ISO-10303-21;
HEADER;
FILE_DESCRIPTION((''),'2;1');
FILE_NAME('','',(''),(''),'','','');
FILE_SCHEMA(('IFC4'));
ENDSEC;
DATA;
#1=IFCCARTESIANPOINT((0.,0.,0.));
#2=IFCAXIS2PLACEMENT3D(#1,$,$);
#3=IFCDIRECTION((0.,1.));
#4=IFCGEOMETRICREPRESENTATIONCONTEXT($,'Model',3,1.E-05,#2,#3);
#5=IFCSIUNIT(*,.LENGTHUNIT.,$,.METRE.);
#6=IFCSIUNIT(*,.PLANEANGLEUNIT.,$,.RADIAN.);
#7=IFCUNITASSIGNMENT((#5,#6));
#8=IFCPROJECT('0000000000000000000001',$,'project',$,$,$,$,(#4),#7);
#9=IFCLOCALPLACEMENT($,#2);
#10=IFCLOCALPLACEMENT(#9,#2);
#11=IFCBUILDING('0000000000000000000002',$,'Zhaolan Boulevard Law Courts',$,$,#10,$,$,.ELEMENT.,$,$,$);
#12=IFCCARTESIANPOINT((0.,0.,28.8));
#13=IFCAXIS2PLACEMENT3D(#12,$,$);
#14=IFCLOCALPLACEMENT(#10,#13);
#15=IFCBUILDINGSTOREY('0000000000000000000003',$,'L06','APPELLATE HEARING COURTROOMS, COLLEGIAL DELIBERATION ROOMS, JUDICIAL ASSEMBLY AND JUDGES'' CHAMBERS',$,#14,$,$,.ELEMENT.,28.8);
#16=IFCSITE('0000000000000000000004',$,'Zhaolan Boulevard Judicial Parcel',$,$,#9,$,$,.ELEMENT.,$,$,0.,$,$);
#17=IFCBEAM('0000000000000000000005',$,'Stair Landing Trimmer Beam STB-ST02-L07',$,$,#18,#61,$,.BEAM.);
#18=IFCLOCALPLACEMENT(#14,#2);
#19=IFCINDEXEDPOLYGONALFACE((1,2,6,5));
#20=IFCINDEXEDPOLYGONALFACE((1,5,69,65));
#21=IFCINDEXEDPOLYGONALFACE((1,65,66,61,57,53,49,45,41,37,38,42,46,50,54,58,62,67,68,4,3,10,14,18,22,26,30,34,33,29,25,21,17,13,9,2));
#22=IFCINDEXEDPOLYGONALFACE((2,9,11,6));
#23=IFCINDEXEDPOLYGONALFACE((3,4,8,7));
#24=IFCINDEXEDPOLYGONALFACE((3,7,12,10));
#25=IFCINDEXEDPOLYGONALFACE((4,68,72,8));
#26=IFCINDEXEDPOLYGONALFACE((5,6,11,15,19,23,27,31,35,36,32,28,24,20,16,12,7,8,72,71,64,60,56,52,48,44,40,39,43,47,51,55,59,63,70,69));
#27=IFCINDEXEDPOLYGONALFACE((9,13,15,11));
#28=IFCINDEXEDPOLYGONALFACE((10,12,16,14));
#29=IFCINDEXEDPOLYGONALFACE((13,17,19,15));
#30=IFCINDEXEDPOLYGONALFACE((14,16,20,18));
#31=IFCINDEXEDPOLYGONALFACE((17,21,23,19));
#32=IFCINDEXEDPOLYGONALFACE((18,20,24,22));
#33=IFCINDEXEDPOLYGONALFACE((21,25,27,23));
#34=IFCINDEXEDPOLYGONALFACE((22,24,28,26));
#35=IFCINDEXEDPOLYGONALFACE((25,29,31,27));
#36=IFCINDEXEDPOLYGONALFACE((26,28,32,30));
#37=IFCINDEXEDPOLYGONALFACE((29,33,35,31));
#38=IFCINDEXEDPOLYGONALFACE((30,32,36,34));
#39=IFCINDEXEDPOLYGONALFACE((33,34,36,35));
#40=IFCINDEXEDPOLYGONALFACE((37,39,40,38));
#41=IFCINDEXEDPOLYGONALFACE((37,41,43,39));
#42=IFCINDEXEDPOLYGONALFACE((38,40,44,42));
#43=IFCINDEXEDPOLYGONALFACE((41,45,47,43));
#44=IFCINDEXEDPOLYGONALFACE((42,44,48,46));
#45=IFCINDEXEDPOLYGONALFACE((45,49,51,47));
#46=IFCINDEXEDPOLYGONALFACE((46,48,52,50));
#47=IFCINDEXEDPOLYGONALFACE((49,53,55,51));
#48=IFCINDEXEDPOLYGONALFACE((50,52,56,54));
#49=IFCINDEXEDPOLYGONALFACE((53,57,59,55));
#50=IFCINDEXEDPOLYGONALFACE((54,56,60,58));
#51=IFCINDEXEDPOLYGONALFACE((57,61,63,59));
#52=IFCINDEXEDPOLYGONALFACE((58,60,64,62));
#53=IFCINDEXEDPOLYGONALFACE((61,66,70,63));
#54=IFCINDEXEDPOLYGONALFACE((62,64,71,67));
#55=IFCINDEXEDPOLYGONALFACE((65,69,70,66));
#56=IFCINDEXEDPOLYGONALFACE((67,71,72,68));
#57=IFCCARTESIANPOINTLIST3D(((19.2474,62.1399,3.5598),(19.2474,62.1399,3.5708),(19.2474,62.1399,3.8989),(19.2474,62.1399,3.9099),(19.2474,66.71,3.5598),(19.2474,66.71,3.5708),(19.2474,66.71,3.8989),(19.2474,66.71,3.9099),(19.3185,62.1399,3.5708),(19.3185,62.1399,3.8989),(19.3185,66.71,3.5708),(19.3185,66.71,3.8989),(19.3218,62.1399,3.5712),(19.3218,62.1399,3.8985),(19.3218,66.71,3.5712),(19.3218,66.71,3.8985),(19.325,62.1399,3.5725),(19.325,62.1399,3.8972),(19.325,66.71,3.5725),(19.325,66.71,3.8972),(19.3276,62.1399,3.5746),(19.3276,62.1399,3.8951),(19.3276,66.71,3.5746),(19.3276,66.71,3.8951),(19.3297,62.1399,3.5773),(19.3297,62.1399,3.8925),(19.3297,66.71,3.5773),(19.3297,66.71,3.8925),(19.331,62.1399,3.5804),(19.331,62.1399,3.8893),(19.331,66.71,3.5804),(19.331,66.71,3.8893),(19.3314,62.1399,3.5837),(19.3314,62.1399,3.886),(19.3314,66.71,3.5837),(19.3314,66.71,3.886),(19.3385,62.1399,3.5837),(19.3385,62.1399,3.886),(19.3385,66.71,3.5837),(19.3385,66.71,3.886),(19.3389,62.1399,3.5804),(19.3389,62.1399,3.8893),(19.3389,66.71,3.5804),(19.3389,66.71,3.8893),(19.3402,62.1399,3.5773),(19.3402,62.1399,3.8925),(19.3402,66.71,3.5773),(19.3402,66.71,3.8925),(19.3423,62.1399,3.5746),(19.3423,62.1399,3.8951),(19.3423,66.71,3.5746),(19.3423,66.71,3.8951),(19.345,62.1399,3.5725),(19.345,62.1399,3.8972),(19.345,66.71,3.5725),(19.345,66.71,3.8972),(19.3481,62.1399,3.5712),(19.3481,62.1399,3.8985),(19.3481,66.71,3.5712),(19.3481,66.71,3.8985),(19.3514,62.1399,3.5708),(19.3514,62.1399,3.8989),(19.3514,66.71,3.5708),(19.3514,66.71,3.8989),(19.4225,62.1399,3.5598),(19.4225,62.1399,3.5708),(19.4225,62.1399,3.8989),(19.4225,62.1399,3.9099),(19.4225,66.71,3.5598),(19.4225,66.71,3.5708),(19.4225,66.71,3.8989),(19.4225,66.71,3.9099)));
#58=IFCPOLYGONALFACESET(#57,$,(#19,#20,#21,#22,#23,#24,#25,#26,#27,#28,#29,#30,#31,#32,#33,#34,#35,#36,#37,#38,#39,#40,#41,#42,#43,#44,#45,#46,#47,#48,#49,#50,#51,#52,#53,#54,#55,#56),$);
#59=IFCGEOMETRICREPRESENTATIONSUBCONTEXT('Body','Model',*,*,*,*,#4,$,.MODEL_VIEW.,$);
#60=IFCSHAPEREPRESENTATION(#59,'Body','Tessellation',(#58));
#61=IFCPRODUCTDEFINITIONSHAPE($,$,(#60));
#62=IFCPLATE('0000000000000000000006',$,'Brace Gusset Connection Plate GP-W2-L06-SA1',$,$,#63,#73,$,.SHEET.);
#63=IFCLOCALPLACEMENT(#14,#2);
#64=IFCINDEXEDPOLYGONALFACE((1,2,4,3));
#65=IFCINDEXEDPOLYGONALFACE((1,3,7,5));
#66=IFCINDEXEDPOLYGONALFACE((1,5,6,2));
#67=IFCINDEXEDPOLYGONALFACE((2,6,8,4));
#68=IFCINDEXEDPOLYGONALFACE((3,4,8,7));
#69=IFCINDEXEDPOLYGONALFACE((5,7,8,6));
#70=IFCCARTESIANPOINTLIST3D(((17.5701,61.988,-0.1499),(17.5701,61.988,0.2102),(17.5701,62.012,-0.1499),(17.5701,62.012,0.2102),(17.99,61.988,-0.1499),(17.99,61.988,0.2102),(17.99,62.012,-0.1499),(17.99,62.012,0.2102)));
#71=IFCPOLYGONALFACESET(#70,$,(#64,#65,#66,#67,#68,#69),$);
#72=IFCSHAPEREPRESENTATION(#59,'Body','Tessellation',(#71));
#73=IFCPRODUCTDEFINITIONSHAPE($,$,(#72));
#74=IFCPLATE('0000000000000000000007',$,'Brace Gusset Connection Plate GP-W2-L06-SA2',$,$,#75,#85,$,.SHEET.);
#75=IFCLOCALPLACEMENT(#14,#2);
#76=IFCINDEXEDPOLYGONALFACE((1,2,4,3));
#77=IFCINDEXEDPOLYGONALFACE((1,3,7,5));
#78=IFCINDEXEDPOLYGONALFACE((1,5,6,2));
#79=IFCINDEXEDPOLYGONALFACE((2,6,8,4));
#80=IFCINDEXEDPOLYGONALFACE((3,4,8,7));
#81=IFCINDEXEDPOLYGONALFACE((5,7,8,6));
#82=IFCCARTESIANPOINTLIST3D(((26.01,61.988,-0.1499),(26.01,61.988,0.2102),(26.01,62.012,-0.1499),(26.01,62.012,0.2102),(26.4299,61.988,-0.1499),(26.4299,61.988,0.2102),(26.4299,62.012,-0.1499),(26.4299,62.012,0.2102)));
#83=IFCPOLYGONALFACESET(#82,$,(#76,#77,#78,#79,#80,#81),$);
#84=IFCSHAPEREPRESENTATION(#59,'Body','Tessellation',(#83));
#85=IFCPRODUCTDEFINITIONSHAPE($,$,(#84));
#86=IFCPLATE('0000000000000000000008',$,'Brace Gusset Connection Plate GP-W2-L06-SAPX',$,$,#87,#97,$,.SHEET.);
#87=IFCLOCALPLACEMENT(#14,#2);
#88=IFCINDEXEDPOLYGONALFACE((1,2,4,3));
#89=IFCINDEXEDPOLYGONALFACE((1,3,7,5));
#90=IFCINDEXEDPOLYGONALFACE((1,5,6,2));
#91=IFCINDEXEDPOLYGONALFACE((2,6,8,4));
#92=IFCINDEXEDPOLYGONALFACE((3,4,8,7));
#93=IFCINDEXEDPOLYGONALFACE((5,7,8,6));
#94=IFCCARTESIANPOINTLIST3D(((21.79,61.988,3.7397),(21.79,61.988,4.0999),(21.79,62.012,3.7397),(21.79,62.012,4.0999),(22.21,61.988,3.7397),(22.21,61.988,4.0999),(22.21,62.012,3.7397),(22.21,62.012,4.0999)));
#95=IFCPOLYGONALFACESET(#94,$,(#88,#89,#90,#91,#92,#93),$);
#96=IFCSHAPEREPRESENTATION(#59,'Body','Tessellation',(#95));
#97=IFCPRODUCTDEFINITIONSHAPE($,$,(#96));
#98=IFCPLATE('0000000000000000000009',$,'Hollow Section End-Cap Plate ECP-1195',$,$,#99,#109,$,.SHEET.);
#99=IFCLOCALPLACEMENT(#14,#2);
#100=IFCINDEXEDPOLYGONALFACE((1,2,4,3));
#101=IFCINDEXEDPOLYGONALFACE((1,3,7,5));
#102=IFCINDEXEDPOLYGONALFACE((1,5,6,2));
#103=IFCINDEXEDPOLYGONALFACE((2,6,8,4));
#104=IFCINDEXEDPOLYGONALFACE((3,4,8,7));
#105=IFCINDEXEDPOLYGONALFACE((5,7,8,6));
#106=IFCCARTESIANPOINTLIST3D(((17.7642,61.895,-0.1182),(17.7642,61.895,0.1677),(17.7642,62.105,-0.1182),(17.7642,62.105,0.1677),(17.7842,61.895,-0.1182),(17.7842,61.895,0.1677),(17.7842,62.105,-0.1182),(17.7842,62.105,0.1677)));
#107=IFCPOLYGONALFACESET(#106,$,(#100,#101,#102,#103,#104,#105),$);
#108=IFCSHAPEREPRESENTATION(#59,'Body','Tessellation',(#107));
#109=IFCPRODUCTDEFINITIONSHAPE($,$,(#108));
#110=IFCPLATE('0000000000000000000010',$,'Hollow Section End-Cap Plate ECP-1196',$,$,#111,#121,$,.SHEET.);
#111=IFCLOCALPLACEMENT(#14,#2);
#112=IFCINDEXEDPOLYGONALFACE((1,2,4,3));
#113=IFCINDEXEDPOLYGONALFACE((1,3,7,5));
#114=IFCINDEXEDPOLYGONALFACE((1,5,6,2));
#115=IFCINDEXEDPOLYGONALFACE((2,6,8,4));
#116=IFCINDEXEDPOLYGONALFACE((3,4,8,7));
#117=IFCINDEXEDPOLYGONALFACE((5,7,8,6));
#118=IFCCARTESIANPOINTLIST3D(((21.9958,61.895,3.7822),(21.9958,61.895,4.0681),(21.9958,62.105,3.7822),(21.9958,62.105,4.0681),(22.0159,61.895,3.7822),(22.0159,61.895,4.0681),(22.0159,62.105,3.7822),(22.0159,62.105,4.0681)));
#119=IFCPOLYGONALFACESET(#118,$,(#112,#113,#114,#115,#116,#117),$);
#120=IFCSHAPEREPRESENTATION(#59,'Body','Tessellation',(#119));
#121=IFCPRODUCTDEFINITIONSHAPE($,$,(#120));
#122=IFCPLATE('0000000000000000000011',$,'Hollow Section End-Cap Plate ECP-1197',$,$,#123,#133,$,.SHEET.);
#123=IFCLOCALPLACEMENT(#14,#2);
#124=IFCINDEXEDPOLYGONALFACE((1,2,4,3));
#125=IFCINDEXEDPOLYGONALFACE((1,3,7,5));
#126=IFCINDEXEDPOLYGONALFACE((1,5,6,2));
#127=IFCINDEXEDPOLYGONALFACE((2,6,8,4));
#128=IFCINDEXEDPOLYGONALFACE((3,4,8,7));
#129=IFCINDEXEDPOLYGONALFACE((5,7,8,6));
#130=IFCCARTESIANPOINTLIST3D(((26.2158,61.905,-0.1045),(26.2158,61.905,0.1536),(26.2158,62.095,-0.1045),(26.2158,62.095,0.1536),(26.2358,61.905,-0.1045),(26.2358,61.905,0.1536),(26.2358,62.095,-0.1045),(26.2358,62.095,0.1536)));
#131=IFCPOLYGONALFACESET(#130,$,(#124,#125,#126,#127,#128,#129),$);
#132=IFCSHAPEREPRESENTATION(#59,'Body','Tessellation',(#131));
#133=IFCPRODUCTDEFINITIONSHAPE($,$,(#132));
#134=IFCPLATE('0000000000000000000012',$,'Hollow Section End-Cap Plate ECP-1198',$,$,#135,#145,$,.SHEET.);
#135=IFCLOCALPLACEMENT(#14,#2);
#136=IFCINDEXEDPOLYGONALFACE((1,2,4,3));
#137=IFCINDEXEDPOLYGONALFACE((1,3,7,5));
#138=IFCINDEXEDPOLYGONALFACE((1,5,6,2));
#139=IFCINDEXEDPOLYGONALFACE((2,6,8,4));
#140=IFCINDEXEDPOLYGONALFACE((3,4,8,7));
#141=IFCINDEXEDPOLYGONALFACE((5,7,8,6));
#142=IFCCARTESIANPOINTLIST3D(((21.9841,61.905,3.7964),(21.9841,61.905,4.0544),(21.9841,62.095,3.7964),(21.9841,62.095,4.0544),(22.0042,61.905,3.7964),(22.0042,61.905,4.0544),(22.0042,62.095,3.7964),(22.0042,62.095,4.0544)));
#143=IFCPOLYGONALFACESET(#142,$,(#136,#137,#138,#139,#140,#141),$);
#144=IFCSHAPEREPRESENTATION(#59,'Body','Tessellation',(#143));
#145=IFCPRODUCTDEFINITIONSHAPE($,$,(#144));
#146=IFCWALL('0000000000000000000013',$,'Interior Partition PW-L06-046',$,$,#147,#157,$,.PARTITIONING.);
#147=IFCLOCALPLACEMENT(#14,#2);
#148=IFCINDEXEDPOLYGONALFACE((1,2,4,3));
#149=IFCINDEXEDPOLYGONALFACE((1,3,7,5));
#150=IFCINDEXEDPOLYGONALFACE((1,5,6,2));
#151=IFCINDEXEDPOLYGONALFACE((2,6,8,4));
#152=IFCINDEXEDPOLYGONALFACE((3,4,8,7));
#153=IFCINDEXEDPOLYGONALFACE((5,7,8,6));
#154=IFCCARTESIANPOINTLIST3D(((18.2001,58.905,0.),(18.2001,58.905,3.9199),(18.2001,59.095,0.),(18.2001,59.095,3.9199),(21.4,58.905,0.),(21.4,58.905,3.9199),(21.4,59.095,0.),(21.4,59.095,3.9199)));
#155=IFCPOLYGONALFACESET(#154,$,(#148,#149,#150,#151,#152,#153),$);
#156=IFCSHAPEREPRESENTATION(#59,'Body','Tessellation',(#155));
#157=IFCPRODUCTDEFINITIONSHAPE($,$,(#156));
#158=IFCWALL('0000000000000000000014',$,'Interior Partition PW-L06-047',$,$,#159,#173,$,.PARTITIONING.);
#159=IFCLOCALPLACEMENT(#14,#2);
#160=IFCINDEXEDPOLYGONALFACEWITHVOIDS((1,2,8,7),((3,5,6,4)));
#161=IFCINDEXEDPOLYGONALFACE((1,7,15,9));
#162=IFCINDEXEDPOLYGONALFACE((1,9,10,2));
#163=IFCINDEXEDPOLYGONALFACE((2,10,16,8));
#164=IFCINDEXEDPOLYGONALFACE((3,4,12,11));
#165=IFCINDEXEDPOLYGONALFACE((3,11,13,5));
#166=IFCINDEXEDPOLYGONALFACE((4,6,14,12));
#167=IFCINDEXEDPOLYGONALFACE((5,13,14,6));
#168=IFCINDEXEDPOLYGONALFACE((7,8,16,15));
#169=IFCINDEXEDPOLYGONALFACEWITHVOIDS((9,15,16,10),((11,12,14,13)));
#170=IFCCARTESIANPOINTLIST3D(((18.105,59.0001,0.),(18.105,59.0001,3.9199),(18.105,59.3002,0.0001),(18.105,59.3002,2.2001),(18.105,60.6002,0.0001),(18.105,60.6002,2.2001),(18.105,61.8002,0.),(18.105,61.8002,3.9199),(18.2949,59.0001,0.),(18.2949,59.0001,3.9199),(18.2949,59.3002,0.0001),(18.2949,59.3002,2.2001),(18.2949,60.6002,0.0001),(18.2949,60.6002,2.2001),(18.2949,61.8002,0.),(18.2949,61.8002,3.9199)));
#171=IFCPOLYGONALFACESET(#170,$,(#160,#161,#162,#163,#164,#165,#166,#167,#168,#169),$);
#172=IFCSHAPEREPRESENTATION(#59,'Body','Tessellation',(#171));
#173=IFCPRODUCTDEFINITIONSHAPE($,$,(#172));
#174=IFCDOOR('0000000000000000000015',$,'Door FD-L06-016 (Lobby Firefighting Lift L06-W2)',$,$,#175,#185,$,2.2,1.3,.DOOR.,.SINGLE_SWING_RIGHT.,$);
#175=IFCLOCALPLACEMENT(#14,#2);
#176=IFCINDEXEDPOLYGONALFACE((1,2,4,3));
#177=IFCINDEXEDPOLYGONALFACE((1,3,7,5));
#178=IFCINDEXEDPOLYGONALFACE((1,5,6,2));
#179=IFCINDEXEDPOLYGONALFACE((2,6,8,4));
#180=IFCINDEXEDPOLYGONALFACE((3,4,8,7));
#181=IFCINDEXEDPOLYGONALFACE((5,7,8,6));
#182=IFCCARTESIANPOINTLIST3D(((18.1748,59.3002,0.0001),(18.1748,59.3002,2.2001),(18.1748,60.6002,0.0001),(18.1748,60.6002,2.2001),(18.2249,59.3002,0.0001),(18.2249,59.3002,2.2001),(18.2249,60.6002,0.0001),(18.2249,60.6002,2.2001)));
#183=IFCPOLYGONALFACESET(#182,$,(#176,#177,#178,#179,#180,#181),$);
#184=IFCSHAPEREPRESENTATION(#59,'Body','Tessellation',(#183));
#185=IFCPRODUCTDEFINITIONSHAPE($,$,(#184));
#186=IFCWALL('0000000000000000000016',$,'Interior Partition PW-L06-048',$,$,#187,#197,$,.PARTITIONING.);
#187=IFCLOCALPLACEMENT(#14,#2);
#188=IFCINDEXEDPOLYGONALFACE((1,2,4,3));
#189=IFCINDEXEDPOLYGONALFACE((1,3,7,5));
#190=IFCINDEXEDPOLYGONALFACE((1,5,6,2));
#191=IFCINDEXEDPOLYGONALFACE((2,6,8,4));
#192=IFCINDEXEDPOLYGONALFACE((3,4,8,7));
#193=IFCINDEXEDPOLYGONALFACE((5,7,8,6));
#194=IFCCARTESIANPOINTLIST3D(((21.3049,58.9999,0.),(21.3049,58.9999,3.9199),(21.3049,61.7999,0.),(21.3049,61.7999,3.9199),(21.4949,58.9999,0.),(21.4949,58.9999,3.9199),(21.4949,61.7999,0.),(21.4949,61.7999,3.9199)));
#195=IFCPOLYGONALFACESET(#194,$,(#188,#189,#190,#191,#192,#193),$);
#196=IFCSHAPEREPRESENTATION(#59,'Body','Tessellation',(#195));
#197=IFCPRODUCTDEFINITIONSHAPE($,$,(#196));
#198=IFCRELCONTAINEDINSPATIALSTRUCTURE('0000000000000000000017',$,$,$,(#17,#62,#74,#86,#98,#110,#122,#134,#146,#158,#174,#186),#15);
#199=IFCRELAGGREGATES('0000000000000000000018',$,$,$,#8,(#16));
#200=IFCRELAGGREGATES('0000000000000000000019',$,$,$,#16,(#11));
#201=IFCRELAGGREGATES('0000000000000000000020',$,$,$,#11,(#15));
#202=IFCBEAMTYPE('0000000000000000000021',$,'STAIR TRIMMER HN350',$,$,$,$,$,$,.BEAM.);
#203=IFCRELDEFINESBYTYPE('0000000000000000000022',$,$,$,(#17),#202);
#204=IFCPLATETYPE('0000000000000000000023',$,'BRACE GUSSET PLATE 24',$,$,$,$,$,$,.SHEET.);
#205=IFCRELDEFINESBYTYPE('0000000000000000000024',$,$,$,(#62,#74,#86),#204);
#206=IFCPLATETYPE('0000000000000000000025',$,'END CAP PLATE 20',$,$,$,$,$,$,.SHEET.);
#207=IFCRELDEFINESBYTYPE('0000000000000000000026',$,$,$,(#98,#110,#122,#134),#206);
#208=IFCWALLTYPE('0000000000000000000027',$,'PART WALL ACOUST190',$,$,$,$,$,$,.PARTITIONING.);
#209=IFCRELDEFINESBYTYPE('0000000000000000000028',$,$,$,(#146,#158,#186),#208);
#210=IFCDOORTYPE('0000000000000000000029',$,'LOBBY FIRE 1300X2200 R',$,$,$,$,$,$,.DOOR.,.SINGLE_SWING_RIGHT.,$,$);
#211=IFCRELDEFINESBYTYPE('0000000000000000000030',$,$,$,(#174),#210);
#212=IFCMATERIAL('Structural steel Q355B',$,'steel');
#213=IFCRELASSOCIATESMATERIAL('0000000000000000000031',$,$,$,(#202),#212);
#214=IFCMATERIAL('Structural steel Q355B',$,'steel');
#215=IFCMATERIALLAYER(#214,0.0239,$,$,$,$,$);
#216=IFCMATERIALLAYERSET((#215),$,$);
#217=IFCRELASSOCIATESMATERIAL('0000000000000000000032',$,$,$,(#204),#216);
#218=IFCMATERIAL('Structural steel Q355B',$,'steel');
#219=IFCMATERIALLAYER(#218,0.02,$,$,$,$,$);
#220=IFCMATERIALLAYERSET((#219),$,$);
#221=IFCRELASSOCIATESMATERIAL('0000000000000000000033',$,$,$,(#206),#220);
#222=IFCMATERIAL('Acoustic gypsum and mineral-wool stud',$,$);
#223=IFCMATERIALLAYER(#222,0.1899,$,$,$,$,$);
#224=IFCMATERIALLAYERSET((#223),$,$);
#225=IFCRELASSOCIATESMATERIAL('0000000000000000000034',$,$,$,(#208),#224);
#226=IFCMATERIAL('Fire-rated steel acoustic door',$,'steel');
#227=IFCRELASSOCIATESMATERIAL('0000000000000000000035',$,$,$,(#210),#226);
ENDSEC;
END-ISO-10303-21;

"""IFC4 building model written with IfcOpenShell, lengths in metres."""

from ifc_helpers import new_model, si_unit, direction, frame, frame_2d, origin, origin_2d, place, context, subcontext, project, spatial, rectangle, i_section, extrude, material, layer, layer_set, material_profile, profile_set, type_object, element, fill, save


model = new_model("IFC4")

# Units and contexts
model_context = context("Model", 3, precision=1e-05, world=origin(), true_north=direction((0.0, 1.0)))
body_context = subcontext(model_context, "Body", "Model", "MODEL_VIEW")
ifc_project = project(units=[si_unit("LENGTHUNIT", "METRE"), si_unit("PLANEANGLEUNIT", "RADIAN")], contexts=[model_context])

# Site, building, storey
site_placement = place(None, origin())
site = spatial("IfcSite", under=ifc_project, at=site_placement, Name="Zhaolan Boulevard Judicial Parcel", CompositionType="ELEMENT", RefElevation=0.0)
building_placement = place(site_placement, origin())
building = spatial("IfcBuilding", under=site, at=building_placement, Name="Zhaolan Boulevard Law Courts", CompositionType="ELEMENT")
storey_placement = place(building_placement, frame((0.0, 0.0, 28.8)))
storey = spatial("IfcBuildingStorey", under=building, at=storey_placement, Name="L06", Description="APPELLATE HEARING COURTROOMS, COLLEGIAL DELIBERATION ROOMS, JUDICIAL ASSEMBLY AND JUDGES' CHAMBERS", CompositionType="ELEMENT", Elevation=28.8)

# Beam
ifc_material_1 = material(Name="Structural steel Q355B", Category="steel")
ifc_material_profile_1 = material_profile(ifc_material_1, i_section(OverallWidth=0.175, OverallDepth=0.3501, WebThickness=0.0071, FlangeThickness=0.011, FilletRadius=0.0129, at=origin_2d()), Name="HN350x175")
ifc_profile_set_1 = profile_set([ifc_material_profile_1], Name="Structural steel Q355B")
beam_type_1 = type_object("IfcBeamType", Name="STAIR TRIMMER HN350", PredefinedType="BEAM", material=ifc_profile_set_1)
beam_1_placement = place(storey_placement, frame((19.335, 62.1399, 3.7349), z_axis=(0.0, 1.0, 0.0), x_axis=(-1.0, 0.0, 0.0)))
element("IfcBeam", 1, at=beam_1_placement, inside=storey, type_object=beam_type_1, Name="Stair Landing Trimmer Beam STB-ST02-L07", PredefinedType="BEAM", context=body_context, shape_type="SweptSolid", body=[
    extrude(i_section(OverallWidth=0.175, OverallDepth=0.3501, WebThickness=0.0071, FlangeThickness=0.011, FilletRadius=0.0129, at=origin_2d()), origin(), (0.0, 0.0, 1.0), 4.5701),
])

# Plates
ifc_material_2 = material(Name="Structural steel Q355B", Category="steel")
ifc_layer_1 = layer(ifc_material_2, 0.0239)
ifc_layer_set_1 = layer_set([ifc_layer_1])
plate_type_1 = type_object("IfcPlateType", Name="BRACE GUSSET PLATE 24", PredefinedType="SHEET", material=ifc_layer_set_1)
for number, where, z_axis, x_axis, name in (
    (2, (17.78, 62.0, -0.1499), (0.0, 0.0, 1.0), (1.0, 0.0, 0.0), "Brace Gusset Connection Plate GP-W2-L06-SA1"),
    (3, (26.22, 62.0, -0.1499), (0.0, 0.0, 1.0), (1.0, 0.0, 0.0), "Brace Gusset Connection Plate GP-W2-L06-SA2"),
    (4, (22.0, 62.0, 3.7397), (0.0, 0.0, 1.0), (1.0, 0.0, 0.0), "Brace Gusset Connection Plate GP-W2-L06-SAPX"),
):
    element("IfcPlate", number, at=place(storey_placement, frame(where, z_axis=z_axis, x_axis=x_axis)), inside=storey, type_object=plate_type_1, Name=name, PredefinedType="SHEET", context=body_context, shape_type="SweptSolid", body=[
        extrude(rectangle(XDim=0.4199, YDim=0.0239, at=origin_2d()), origin(), (0.0, 0.0, 1.0), 0.3601),
    ])
ifc_material_3 = material(Name="Structural steel Q355B", Category="steel")
ifc_layer_2 = layer(ifc_material_3, 0.02)
ifc_layer_set_2 = layer_set([ifc_layer_2])
plate_type_2 = type_object("IfcPlateType", Name="END CAP PLATE 20", PredefinedType="SHEET", material=ifc_layer_set_2)
for number, where, z_axis, x_axis, name in (
    (5, (17.7742, 62.0, -0.1182), (0.0, 0.0, 1.0), (1.0, 0.0, 0.0), "Hollow Section End-Cap Plate ECP-1195"),
    (6, (22.0059, 62.0, 3.7822), (0.0, 0.0, 1.0), (1.0, 0.0, 0.0), "Hollow Section End-Cap Plate ECP-1196"),
):
    element("IfcPlate", number, at=place(storey_placement, frame(where, z_axis=z_axis, x_axis=x_axis)), inside=storey, type_object=plate_type_2, Name=name, PredefinedType="SHEET", context=body_context, shape_type="SweptSolid", body=[
        extrude(rectangle(XDim=0.02, YDim=0.21, at=origin_2d()), origin(), (0.0, 0.0, 1.0), 0.2859),
    ])
for number, where, z_axis, x_axis, name in (
    (7, (26.2258, 62.0, -0.1045), (0.0, 0.0, 1.0), (-1.0, 0.0, 0.0), "Hollow Section End-Cap Plate ECP-1197"),
    (8, (21.9941, 62.0, 3.7964), (0.0, 0.0, 1.0), (-1.0, 0.0, 0.0), "Hollow Section End-Cap Plate ECP-1198"),
):
    element("IfcPlate", number, at=place(storey_placement, frame(where, z_axis=z_axis, x_axis=x_axis)), inside=storey, type_object=plate_type_2, Name=name, PredefinedType="SHEET", context=body_context, shape_type="SweptSolid", body=[
        extrude(rectangle(XDim=0.02, YDim=0.1899, at=origin_2d()), origin(), (0.0, 0.0, 1.0), 0.2581),
    ])

# Wall
ifc_material_4 = material(Name="Acoustic gypsum and mineral-wool stud")
ifc_layer_3 = layer(ifc_material_4, 0.1899)
ifc_layer_set_3 = layer_set([ifc_layer_3])
wall_type_1 = type_object("IfcWallType", Name="PART WALL ACOUST190", PredefinedType="PARTITIONING", material=ifc_layer_set_3)
wall_1_placement = place(storey_placement, frame((18.2, 59.0, 0.0), z_axis=(0.0, 0.0, 1.0), x_axis=(1.0, 0.0, 0.0)))
element("IfcWall", 9, at=wall_1_placement, inside=storey, type_object=wall_type_1, Name="Interior Partition PW-L06-046", PredefinedType="PARTITIONING", context=body_context, shape_type="SweptSolid", body=[
    extrude(rectangle(XDim=3.2, YDim=0.1899, at=frame_2d((1.6001, 0.0))), origin(), (0.0, 0.0, 1.0), 3.9199),
])

# Wall, opening, door
wall_2_placement = place(storey_placement, frame((18.2, 61.8, 0.0), z_axis=(0.0, 0.0, 1.0), x_axis=(0.0, -1.0, 0.0)))
wall_2 = element("IfcWall", 10, at=wall_2_placement, inside=storey, type_object=wall_type_1, Name="Interior Partition PW-L06-047", PredefinedType="PARTITIONING", context=body_context, shape_type="SweptSolid", body=[
    extrude(rectangle(XDim=2.8, YDim=0.1899, at=frame_2d((1.3999, 0.0))), origin(), (0.0, 0.0, 1.0), 3.9199),
])
opening_1_placement = place(wall_2_placement, frame((1.2, 0.0, 0.0)))
opening_1 = element("IfcOpeningElement", 11, at=opening_1_placement, cuts=wall_2, PredefinedType="OPENING", context=body_context, shape_type="SweptSolid", body=[
    extrude(rectangle(XDim=1.3, YDim=2.2, at=frame_2d((0.6499, 1.1001))), frame((0.0, 0.105, 0.0), z_axis=(0.0, -1.0, 0.0), x_axis=(1.0, 0.0, 0.0)), (0.0, 0.0, 1.0), 0.21),
])
ifc_material_5 = material(Name="Fire-rated steel acoustic door", Category="steel")
door_type_1 = type_object("IfcDoorType", Name="LOBBY FIRE 1300X2200 R", OperationType="SINGLE_SWING_RIGHT", PredefinedType="DOOR", material=ifc_material_5)
door_1_placement = place(opening_1_placement, origin())
door_1 = element("IfcDoor", 12, at=door_1_placement, inside=storey, type_object=door_type_1, Name="Door FD-L06-016 (Lobby Firefighting Lift L06-W2)", OperationType="SINGLE_SWING_RIGHT", OverallHeight=2.2, OverallWidth=1.3, PredefinedType="DOOR", context=body_context, shape_type="SweptSolid", body=[
    extrude(rectangle(XDim=1.3, YDim=2.2, at=frame_2d((0.6499, 1.1001))), frame((0.0, 0.0249, 0.0), z_axis=(0.0, -1.0, 0.0), x_axis=(1.0, 0.0, 0.0)), (0.0, 0.0, 1.0), 0.05),
])
fill(opening_1, door_1)

# Wall
wall_3_placement = place(storey_placement, frame((21.3999, 59.0, 0.0), z_axis=(0.0, 0.0, 1.0), x_axis=(0.0, 1.0, 0.0)))
element("IfcWall", 13, at=wall_3_placement, inside=storey, type_object=wall_type_1, Name="Interior Partition PW-L06-048", PredefinedType="PARTITIONING", context=body_context, shape_type="SweptSolid", body=[
    extrude(rectangle(XDim=2.8, YDim=0.1899, at=frame_2d((1.3999, 0.0))), origin(), (0.0, 0.0, 1.0), 3.9199),
])

save(model, "model.ifc")
